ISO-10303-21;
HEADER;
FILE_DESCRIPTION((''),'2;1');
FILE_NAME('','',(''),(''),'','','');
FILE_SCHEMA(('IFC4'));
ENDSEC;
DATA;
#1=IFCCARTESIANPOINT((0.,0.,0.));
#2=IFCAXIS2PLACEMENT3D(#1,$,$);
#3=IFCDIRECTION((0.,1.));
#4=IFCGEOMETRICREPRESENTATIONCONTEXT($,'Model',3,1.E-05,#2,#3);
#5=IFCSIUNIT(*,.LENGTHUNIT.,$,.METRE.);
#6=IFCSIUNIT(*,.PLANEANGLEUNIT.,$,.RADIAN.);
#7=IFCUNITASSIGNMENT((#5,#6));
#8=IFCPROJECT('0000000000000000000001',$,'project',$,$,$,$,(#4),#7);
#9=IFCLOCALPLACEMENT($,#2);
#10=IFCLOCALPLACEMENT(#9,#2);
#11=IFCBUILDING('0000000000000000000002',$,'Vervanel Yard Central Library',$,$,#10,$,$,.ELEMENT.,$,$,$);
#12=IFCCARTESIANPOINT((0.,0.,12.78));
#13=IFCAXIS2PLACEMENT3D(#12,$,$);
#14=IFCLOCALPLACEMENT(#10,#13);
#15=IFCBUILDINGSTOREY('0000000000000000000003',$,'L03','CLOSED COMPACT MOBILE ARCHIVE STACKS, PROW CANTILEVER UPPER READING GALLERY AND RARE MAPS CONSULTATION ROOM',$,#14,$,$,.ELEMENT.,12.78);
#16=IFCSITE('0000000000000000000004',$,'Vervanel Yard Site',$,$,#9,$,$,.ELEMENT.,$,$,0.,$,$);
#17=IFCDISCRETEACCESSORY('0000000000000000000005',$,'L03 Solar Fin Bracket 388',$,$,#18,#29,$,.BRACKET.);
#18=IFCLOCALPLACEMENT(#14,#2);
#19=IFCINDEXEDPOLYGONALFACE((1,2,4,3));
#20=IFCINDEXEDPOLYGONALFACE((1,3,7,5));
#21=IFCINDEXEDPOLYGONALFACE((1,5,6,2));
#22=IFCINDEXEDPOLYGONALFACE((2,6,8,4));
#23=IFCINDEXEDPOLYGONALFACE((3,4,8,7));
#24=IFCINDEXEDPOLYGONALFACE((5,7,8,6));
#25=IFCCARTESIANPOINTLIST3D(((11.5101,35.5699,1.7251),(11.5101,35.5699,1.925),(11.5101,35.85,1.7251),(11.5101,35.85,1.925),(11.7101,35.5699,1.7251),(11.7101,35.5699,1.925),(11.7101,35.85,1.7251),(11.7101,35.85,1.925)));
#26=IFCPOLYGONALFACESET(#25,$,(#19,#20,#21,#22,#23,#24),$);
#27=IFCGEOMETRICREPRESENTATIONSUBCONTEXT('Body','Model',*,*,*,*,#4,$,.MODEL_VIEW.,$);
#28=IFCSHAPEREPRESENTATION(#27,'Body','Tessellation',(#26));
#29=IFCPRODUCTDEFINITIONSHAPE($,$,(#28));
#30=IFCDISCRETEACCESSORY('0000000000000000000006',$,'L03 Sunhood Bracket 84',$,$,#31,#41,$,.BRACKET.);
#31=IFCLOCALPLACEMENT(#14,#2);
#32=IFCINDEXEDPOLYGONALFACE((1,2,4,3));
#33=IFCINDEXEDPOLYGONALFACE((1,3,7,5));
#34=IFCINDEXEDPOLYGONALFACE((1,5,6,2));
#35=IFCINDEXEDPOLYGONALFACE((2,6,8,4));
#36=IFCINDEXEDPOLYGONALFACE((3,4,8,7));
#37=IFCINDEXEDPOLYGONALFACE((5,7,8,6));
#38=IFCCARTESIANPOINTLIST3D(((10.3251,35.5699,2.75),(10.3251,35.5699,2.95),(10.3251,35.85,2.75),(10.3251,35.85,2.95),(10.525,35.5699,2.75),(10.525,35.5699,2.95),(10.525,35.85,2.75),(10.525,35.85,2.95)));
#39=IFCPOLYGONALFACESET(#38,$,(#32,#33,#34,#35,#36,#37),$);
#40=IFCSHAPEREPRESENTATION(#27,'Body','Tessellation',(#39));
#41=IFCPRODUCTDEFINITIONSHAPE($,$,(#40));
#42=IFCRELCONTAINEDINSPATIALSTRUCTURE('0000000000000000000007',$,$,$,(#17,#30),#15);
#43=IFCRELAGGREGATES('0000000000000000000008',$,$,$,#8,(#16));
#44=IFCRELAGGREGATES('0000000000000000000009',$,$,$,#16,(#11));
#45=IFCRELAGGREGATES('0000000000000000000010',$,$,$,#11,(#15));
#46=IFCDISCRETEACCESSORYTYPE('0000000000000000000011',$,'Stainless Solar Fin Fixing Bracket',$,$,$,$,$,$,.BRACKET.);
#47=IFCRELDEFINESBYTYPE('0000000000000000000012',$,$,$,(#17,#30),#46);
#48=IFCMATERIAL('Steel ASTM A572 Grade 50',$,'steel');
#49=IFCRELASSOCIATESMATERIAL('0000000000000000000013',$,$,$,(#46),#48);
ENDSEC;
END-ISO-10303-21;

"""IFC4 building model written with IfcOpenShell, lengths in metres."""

from ifc_helpers import new_model, si_unit, direction, frame, origin, origin_2d, place, context, subcontext, project, spatial, rectangle, extrude, material, type_object, element, save


model = new_model("IFC4")

# Units and contexts
model_context = context("Model", 3, precision=1e-05, world=origin(), true_north=direction((0.0, 1.0)))
body_context = subcontext(model_context, "Body", "Model", "MODEL_VIEW")
ifc_project = project(units=[si_unit("LENGTHUNIT", "METRE"), si_unit("PLANEANGLEUNIT", "RADIAN")], contexts=[model_context])

# Site, building, storey
site_placement = place(None, origin())
site = spatial("IfcSite", under=ifc_project, at=site_placement, Name="Vervanel Yard Site", CompositionType="ELEMENT", RefElevation=0.0)
building_placement = place(site_placement, origin())
building = spatial("IfcBuilding", under=site, at=building_placement, Name="Vervanel Yard Central Library", CompositionType="ELEMENT")
storey_placement = place(building_placement, frame((0.0, 0.0, 12.78)))
storey = spatial("IfcBuildingStorey", under=building, at=storey_placement, Name="L03", Description="CLOSED COMPACT MOBILE ARCHIVE STACKS, PROW CANTILEVER UPPER READING GALLERY AND RARE MAPS CONSULTATION ROOM", CompositionType="ELEMENT", Elevation=12.78)

# Discrete accessories
ifc_material_1 = material(Name="Steel ASTM A572 Grade 50", Category="steel")
discrete_accessory_type = type_object("IfcDiscreteAccessoryType", Name="Stainless Solar Fin Fixing Bracket", PredefinedType="BRACKET", material=ifc_material_1)
for number, where, z_axis, x_axis, name in (
    (1, (11.6101, 35.71, 1.7251), (0.0, 0.0, 1.0), (1.0, 0.0, 0.0), "L03 Solar Fin Bracket 388"),
    (2, (10.425, 35.71, 2.75), (0.0, 0.0, 1.0), (1.0, 0.0, 0.0), "L03 Sunhood Bracket 84"),
):
    element("IfcDiscreteAccessory", number, at=place(storey_placement, frame(where, z_axis=z_axis, x_axis=x_axis)), inside=storey, type_object=discrete_accessory_type, Name=name, PredefinedType="BRACKET", context=body_context, shape_type="SweptSolid", body=[
        extrude(rectangle(XDim=0.2, YDim=0.28, at=origin_2d()), origin(), (0.0, 0.0, 1.0), 0.2),
    ])

save(model, "model.ifc")
